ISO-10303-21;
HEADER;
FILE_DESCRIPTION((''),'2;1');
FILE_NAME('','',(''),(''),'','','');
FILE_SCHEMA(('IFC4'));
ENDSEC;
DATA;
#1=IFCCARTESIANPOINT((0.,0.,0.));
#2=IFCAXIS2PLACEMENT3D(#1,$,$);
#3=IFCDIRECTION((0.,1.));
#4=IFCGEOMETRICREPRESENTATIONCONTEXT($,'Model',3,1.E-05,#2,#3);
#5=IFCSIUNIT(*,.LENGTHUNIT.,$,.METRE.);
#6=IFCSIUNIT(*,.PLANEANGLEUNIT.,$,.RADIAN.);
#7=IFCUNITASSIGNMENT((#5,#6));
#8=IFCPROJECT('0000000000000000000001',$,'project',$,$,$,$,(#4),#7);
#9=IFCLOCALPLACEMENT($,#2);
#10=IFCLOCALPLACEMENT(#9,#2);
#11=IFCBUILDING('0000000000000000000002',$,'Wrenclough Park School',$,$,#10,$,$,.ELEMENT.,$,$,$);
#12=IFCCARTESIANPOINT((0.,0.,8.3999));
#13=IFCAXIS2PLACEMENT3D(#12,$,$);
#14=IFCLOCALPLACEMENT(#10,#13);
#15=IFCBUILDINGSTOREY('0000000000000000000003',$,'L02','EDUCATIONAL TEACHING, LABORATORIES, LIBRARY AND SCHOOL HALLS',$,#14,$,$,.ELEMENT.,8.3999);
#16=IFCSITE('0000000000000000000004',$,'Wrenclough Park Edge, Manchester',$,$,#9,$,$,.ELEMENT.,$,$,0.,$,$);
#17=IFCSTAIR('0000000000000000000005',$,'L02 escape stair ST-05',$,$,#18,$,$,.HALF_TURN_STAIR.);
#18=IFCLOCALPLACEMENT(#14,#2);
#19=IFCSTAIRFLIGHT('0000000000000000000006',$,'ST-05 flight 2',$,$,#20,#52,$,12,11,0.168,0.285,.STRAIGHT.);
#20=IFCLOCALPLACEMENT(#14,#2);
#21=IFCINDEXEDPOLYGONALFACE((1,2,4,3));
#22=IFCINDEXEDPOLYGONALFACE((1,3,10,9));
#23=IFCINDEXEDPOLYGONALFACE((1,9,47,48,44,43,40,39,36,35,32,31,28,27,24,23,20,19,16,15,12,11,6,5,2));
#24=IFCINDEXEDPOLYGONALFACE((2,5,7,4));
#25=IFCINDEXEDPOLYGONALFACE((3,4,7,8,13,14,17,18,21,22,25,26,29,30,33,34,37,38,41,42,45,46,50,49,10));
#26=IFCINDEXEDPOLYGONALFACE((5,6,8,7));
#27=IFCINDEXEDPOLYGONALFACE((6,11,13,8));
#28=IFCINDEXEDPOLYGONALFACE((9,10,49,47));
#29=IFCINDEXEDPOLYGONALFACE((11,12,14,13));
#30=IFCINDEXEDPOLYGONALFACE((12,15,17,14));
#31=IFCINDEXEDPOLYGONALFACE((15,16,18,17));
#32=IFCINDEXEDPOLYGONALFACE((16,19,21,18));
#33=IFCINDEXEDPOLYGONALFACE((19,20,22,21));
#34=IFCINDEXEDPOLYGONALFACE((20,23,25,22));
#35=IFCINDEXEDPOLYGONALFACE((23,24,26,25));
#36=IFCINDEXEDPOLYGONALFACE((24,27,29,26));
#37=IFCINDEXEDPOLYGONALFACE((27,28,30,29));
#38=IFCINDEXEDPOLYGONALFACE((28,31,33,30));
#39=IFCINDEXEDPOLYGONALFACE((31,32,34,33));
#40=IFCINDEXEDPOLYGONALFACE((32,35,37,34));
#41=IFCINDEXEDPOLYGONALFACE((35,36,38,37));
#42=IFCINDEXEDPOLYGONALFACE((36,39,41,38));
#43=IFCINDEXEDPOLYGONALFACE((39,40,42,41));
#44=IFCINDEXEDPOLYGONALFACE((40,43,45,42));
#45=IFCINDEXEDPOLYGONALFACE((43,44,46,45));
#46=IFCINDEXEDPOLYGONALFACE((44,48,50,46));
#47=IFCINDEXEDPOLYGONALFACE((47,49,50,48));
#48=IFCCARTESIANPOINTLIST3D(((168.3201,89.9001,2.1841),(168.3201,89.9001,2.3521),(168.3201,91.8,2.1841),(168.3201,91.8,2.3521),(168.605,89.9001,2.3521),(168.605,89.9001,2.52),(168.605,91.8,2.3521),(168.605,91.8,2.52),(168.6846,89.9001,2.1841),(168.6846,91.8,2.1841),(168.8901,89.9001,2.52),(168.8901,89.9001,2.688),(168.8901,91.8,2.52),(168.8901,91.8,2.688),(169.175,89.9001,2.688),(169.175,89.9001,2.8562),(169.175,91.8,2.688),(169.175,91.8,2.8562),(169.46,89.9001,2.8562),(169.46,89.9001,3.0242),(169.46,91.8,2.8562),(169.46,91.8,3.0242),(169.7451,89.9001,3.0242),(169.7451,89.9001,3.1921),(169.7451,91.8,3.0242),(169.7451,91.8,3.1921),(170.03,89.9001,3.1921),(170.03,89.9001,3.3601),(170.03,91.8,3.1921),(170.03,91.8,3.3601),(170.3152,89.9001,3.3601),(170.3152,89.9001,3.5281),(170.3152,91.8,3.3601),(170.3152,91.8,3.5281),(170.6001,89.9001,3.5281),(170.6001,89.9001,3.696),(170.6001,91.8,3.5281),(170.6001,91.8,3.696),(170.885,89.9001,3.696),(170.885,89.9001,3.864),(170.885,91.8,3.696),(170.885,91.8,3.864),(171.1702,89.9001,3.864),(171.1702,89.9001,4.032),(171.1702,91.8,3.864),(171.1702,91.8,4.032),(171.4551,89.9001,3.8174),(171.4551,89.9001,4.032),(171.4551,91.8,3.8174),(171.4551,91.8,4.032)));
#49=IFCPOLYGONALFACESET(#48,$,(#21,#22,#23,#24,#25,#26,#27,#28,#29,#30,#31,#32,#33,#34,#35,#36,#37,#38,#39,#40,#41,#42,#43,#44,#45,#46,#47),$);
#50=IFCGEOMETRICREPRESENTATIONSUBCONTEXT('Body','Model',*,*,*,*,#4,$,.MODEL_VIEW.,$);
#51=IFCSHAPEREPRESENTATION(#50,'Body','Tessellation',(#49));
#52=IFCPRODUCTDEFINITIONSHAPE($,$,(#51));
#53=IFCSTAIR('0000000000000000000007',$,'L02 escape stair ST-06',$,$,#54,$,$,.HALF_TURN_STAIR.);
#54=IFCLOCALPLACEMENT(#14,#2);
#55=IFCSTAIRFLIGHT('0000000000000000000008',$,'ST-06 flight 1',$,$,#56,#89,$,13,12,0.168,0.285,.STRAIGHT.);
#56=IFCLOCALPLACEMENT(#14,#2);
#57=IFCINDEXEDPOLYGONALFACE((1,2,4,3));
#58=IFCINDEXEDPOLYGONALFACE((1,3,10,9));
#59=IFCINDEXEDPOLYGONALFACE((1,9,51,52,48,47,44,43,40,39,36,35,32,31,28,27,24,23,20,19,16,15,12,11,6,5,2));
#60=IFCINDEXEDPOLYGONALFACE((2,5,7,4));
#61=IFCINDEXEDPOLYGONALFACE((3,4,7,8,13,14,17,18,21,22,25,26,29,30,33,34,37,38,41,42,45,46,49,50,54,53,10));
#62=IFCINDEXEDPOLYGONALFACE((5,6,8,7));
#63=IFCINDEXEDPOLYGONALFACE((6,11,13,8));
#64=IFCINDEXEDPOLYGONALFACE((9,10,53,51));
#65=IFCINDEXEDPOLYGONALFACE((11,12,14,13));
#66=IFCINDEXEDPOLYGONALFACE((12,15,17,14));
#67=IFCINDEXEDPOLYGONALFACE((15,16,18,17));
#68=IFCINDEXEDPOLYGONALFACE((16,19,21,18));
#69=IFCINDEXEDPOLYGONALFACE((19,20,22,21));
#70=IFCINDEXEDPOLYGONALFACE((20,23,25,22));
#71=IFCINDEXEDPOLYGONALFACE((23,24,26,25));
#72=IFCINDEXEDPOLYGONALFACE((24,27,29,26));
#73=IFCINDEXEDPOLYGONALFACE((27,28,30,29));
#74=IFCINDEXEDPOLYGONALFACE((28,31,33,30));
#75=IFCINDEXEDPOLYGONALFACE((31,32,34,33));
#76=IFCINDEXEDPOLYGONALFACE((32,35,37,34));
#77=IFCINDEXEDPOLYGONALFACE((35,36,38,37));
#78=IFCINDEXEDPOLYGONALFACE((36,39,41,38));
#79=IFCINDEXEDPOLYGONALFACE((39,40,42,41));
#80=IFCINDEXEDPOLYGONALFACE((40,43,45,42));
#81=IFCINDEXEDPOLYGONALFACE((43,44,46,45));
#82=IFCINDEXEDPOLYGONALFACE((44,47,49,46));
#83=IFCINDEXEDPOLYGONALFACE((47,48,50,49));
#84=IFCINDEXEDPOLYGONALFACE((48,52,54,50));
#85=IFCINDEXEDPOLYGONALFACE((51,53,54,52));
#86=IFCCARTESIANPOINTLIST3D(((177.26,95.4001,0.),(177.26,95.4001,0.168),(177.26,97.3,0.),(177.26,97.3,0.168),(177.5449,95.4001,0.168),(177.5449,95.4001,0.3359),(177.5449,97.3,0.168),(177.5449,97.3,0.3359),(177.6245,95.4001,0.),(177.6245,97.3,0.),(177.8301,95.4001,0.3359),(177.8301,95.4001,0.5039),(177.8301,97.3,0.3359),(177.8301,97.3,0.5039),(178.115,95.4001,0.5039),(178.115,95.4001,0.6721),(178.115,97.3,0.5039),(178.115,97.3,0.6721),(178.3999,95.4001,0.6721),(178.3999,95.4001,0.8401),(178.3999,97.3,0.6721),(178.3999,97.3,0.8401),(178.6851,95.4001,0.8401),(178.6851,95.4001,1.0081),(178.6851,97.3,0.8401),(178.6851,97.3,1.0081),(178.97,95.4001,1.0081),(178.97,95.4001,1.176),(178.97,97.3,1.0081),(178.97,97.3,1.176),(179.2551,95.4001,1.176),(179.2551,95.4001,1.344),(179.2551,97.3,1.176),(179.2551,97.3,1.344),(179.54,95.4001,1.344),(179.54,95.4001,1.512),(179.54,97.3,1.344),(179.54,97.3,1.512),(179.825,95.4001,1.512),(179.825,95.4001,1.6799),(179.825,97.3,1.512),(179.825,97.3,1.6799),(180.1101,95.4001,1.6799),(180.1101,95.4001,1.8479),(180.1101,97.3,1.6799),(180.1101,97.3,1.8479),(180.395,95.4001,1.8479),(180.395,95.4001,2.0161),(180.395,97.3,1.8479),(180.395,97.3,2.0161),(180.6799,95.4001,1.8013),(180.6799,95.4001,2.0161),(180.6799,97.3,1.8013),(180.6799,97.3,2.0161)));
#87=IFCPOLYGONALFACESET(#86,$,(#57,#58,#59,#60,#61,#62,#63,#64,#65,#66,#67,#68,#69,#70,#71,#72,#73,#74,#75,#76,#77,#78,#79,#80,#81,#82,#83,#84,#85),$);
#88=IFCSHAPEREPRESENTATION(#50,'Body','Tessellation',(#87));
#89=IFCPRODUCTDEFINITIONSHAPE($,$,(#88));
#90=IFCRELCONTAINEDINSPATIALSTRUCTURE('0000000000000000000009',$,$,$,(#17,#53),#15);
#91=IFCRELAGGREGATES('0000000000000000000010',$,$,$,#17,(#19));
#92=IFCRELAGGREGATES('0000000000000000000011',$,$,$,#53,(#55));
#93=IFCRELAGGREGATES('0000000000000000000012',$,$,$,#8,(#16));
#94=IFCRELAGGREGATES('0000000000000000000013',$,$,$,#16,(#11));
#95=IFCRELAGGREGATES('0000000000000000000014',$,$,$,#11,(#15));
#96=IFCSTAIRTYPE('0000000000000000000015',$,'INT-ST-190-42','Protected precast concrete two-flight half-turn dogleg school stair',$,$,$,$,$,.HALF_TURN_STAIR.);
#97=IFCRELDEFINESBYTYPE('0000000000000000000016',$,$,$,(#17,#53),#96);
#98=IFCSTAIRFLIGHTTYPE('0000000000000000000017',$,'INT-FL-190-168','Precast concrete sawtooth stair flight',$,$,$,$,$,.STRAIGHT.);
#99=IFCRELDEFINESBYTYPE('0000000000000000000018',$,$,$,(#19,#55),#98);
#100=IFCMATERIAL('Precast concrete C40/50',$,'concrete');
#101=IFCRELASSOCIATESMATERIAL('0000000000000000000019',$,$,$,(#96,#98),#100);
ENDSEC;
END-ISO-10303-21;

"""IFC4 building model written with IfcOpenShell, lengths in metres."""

from ifc_helpers import new_model, si_unit, direction, frame, origin, place, context, subcontext, project, spatial, polyline, outline, extrude, material, type_object, element, aggregate, save


model = new_model("IFC4")

# Units and contexts
model_context = context("Model", 3, precision=1e-05, world=origin(), true_north=direction((0.0, 1.0)))
body_context = subcontext(model_context, "Body", "Model", "MODEL_VIEW")
ifc_project = project(units=[si_unit("LENGTHUNIT", "METRE"), si_unit("PLANEANGLEUNIT", "RADIAN")], contexts=[model_context])

# Site, building, storey
site_placement = place(None, origin())
site = spatial("IfcSite", under=ifc_project, at=site_placement, Name="Wrenclough Park Edge, Manchester", CompositionType="ELEMENT", RefElevation=0.0)
building_placement = place(site_placement, origin())
building = spatial("IfcBuilding", under=site, at=building_placement, Name="Wrenclough Park School", CompositionType="ELEMENT")
storey_placement = place(building_placement, frame((0.0, 0.0, 8.3999)))
storey = spatial("IfcBuildingStorey", under=building, at=storey_placement, Name="L02", Description="EDUCATIONAL TEACHING, LABORATORIES, LIBRARY AND SCHOOL HALLS", CompositionType="ELEMENT", Elevation=8.3999)

# Stairs, stair flights
ifc_material_1 = material(Name="Precast concrete C40/50", Category="concrete")
stair_type = type_object("IfcStairType", Name="INT-ST-190-42", Description="Protected precast concrete two-flight half-turn dogleg school stair", PredefinedType="HALF_TURN_STAIR", material=ifc_material_1)
stair_1_placement = place(storey_placement, origin())
stair_1 = element("IfcStair", 1, at=stair_1_placement, inside=storey, type_object=stair_type, Name="L02 escape stair ST-05", PredefinedType="HALF_TURN_STAIR")
stair_flight_type = type_object("IfcStairFlightType", Name="INT-FL-190-168", Description="Precast concrete sawtooth stair flight", PredefinedType="STRAIGHT", material=ifc_material_1)
stair_flight_1_placement = place(storey_placement, frame((168.3201, 90.8501, 2.1841), z_axis=(0.0, 0.0, 1.0), x_axis=(1.0, 0.0, 0.0)))
stair_flight_1 = element("IfcStairFlight", 2, at=stair_flight_1_placement, type_object=stair_flight_type, Name="ST-05 flight 2", NumberOfRisers=12, NumberOfTreads=11, PredefinedType="STRAIGHT", RiserHeight=0.168, TreadLength=0.285, context=body_context, shape_type="SweptSolid", body=[
    extrude(outline(polyline([(0.0, 0.0), (0.0, 0.168), (0.2849, 0.168), (0.2849, 0.3359), (0.5701, 0.3359), (0.5701, 0.5039), (0.855, 0.5039), (0.855, 0.6721), (1.1399, 0.6721), (1.1399, 0.8401), (1.425, 0.8401), (1.425, 1.0081), (1.71, 1.0081), (1.71, 1.176), (1.9951, 1.176), (1.9951, 1.344), (2.28, 1.344), (2.28, 1.512), (2.5649, 1.512), (2.5649, 1.6799), (2.8501, 1.6799), (2.8501, 1.8479), (3.135, 1.8479), (3.135, 2.0161), (3.135, 1.6333), (0.3645, 0.0), (0.0, 0.0)])), frame((0.0, 0.95, 0.0), z_axis=(0.0, -1.0, 0.0), x_axis=(1.0, 0.0, 0.0)), (0.0, 0.0, 1.0), 1.8999),
])
aggregate(stair_1, [stair_flight_1])
stair_2_placement = place(storey_placement, origin())
stair_2 = element("IfcStair", 3, at=stair_2_placement, inside=storey, type_object=stair_type, Name="L02 escape stair ST-06", PredefinedType="HALF_TURN_STAIR")
stair_flight_2_placement = place(storey_placement, frame((177.26, 96.3501, 0.0), z_axis=(0.0, 0.0, 1.0), x_axis=(1.0, 0.0, 0.0)))
stair_flight_2 = element("IfcStairFlight", 4, at=stair_flight_2_placement, type_object=stair_flight_type, Name="ST-06 flight 1", NumberOfRisers=13, NumberOfTreads=12, PredefinedType="STRAIGHT", RiserHeight=0.168, TreadLength=0.285, context=body_context, shape_type="SweptSolid", body=[
    extrude(outline(polyline([(0.0, 0.0), (0.0, 0.168), (0.2849, 0.168), (0.2849, 0.3359), (0.5701, 0.3359), (0.5701, 0.5039), (0.855, 0.5039), (0.855, 0.6721), (1.1399, 0.6721), (1.1399, 0.8401), (1.425, 0.8401), (1.425, 1.0081), (1.71, 1.0081), (1.71, 1.176), (1.9951, 1.176), (1.9951, 1.344), (2.28, 1.344), (2.28, 1.512), (2.5649, 1.512), (2.5649, 1.6799), (2.8501, 1.6799), (2.8501, 1.8479), (3.135, 1.8479), (3.135, 2.0161), (3.4199, 2.0161), (3.4199, 2.1841), (3.4199, 1.8013), (0.3645, 0.0), (0.0, 0.0)])), frame((0.0, 0.95, 0.0), z_axis=(0.0, -1.0, 0.0), x_axis=(1.0, 0.0, 0.0)), (0.0, 0.0, 1.0), 1.8999),
])
aggregate(stair_2, [stair_flight_2])

save(model, "model.ifc")
